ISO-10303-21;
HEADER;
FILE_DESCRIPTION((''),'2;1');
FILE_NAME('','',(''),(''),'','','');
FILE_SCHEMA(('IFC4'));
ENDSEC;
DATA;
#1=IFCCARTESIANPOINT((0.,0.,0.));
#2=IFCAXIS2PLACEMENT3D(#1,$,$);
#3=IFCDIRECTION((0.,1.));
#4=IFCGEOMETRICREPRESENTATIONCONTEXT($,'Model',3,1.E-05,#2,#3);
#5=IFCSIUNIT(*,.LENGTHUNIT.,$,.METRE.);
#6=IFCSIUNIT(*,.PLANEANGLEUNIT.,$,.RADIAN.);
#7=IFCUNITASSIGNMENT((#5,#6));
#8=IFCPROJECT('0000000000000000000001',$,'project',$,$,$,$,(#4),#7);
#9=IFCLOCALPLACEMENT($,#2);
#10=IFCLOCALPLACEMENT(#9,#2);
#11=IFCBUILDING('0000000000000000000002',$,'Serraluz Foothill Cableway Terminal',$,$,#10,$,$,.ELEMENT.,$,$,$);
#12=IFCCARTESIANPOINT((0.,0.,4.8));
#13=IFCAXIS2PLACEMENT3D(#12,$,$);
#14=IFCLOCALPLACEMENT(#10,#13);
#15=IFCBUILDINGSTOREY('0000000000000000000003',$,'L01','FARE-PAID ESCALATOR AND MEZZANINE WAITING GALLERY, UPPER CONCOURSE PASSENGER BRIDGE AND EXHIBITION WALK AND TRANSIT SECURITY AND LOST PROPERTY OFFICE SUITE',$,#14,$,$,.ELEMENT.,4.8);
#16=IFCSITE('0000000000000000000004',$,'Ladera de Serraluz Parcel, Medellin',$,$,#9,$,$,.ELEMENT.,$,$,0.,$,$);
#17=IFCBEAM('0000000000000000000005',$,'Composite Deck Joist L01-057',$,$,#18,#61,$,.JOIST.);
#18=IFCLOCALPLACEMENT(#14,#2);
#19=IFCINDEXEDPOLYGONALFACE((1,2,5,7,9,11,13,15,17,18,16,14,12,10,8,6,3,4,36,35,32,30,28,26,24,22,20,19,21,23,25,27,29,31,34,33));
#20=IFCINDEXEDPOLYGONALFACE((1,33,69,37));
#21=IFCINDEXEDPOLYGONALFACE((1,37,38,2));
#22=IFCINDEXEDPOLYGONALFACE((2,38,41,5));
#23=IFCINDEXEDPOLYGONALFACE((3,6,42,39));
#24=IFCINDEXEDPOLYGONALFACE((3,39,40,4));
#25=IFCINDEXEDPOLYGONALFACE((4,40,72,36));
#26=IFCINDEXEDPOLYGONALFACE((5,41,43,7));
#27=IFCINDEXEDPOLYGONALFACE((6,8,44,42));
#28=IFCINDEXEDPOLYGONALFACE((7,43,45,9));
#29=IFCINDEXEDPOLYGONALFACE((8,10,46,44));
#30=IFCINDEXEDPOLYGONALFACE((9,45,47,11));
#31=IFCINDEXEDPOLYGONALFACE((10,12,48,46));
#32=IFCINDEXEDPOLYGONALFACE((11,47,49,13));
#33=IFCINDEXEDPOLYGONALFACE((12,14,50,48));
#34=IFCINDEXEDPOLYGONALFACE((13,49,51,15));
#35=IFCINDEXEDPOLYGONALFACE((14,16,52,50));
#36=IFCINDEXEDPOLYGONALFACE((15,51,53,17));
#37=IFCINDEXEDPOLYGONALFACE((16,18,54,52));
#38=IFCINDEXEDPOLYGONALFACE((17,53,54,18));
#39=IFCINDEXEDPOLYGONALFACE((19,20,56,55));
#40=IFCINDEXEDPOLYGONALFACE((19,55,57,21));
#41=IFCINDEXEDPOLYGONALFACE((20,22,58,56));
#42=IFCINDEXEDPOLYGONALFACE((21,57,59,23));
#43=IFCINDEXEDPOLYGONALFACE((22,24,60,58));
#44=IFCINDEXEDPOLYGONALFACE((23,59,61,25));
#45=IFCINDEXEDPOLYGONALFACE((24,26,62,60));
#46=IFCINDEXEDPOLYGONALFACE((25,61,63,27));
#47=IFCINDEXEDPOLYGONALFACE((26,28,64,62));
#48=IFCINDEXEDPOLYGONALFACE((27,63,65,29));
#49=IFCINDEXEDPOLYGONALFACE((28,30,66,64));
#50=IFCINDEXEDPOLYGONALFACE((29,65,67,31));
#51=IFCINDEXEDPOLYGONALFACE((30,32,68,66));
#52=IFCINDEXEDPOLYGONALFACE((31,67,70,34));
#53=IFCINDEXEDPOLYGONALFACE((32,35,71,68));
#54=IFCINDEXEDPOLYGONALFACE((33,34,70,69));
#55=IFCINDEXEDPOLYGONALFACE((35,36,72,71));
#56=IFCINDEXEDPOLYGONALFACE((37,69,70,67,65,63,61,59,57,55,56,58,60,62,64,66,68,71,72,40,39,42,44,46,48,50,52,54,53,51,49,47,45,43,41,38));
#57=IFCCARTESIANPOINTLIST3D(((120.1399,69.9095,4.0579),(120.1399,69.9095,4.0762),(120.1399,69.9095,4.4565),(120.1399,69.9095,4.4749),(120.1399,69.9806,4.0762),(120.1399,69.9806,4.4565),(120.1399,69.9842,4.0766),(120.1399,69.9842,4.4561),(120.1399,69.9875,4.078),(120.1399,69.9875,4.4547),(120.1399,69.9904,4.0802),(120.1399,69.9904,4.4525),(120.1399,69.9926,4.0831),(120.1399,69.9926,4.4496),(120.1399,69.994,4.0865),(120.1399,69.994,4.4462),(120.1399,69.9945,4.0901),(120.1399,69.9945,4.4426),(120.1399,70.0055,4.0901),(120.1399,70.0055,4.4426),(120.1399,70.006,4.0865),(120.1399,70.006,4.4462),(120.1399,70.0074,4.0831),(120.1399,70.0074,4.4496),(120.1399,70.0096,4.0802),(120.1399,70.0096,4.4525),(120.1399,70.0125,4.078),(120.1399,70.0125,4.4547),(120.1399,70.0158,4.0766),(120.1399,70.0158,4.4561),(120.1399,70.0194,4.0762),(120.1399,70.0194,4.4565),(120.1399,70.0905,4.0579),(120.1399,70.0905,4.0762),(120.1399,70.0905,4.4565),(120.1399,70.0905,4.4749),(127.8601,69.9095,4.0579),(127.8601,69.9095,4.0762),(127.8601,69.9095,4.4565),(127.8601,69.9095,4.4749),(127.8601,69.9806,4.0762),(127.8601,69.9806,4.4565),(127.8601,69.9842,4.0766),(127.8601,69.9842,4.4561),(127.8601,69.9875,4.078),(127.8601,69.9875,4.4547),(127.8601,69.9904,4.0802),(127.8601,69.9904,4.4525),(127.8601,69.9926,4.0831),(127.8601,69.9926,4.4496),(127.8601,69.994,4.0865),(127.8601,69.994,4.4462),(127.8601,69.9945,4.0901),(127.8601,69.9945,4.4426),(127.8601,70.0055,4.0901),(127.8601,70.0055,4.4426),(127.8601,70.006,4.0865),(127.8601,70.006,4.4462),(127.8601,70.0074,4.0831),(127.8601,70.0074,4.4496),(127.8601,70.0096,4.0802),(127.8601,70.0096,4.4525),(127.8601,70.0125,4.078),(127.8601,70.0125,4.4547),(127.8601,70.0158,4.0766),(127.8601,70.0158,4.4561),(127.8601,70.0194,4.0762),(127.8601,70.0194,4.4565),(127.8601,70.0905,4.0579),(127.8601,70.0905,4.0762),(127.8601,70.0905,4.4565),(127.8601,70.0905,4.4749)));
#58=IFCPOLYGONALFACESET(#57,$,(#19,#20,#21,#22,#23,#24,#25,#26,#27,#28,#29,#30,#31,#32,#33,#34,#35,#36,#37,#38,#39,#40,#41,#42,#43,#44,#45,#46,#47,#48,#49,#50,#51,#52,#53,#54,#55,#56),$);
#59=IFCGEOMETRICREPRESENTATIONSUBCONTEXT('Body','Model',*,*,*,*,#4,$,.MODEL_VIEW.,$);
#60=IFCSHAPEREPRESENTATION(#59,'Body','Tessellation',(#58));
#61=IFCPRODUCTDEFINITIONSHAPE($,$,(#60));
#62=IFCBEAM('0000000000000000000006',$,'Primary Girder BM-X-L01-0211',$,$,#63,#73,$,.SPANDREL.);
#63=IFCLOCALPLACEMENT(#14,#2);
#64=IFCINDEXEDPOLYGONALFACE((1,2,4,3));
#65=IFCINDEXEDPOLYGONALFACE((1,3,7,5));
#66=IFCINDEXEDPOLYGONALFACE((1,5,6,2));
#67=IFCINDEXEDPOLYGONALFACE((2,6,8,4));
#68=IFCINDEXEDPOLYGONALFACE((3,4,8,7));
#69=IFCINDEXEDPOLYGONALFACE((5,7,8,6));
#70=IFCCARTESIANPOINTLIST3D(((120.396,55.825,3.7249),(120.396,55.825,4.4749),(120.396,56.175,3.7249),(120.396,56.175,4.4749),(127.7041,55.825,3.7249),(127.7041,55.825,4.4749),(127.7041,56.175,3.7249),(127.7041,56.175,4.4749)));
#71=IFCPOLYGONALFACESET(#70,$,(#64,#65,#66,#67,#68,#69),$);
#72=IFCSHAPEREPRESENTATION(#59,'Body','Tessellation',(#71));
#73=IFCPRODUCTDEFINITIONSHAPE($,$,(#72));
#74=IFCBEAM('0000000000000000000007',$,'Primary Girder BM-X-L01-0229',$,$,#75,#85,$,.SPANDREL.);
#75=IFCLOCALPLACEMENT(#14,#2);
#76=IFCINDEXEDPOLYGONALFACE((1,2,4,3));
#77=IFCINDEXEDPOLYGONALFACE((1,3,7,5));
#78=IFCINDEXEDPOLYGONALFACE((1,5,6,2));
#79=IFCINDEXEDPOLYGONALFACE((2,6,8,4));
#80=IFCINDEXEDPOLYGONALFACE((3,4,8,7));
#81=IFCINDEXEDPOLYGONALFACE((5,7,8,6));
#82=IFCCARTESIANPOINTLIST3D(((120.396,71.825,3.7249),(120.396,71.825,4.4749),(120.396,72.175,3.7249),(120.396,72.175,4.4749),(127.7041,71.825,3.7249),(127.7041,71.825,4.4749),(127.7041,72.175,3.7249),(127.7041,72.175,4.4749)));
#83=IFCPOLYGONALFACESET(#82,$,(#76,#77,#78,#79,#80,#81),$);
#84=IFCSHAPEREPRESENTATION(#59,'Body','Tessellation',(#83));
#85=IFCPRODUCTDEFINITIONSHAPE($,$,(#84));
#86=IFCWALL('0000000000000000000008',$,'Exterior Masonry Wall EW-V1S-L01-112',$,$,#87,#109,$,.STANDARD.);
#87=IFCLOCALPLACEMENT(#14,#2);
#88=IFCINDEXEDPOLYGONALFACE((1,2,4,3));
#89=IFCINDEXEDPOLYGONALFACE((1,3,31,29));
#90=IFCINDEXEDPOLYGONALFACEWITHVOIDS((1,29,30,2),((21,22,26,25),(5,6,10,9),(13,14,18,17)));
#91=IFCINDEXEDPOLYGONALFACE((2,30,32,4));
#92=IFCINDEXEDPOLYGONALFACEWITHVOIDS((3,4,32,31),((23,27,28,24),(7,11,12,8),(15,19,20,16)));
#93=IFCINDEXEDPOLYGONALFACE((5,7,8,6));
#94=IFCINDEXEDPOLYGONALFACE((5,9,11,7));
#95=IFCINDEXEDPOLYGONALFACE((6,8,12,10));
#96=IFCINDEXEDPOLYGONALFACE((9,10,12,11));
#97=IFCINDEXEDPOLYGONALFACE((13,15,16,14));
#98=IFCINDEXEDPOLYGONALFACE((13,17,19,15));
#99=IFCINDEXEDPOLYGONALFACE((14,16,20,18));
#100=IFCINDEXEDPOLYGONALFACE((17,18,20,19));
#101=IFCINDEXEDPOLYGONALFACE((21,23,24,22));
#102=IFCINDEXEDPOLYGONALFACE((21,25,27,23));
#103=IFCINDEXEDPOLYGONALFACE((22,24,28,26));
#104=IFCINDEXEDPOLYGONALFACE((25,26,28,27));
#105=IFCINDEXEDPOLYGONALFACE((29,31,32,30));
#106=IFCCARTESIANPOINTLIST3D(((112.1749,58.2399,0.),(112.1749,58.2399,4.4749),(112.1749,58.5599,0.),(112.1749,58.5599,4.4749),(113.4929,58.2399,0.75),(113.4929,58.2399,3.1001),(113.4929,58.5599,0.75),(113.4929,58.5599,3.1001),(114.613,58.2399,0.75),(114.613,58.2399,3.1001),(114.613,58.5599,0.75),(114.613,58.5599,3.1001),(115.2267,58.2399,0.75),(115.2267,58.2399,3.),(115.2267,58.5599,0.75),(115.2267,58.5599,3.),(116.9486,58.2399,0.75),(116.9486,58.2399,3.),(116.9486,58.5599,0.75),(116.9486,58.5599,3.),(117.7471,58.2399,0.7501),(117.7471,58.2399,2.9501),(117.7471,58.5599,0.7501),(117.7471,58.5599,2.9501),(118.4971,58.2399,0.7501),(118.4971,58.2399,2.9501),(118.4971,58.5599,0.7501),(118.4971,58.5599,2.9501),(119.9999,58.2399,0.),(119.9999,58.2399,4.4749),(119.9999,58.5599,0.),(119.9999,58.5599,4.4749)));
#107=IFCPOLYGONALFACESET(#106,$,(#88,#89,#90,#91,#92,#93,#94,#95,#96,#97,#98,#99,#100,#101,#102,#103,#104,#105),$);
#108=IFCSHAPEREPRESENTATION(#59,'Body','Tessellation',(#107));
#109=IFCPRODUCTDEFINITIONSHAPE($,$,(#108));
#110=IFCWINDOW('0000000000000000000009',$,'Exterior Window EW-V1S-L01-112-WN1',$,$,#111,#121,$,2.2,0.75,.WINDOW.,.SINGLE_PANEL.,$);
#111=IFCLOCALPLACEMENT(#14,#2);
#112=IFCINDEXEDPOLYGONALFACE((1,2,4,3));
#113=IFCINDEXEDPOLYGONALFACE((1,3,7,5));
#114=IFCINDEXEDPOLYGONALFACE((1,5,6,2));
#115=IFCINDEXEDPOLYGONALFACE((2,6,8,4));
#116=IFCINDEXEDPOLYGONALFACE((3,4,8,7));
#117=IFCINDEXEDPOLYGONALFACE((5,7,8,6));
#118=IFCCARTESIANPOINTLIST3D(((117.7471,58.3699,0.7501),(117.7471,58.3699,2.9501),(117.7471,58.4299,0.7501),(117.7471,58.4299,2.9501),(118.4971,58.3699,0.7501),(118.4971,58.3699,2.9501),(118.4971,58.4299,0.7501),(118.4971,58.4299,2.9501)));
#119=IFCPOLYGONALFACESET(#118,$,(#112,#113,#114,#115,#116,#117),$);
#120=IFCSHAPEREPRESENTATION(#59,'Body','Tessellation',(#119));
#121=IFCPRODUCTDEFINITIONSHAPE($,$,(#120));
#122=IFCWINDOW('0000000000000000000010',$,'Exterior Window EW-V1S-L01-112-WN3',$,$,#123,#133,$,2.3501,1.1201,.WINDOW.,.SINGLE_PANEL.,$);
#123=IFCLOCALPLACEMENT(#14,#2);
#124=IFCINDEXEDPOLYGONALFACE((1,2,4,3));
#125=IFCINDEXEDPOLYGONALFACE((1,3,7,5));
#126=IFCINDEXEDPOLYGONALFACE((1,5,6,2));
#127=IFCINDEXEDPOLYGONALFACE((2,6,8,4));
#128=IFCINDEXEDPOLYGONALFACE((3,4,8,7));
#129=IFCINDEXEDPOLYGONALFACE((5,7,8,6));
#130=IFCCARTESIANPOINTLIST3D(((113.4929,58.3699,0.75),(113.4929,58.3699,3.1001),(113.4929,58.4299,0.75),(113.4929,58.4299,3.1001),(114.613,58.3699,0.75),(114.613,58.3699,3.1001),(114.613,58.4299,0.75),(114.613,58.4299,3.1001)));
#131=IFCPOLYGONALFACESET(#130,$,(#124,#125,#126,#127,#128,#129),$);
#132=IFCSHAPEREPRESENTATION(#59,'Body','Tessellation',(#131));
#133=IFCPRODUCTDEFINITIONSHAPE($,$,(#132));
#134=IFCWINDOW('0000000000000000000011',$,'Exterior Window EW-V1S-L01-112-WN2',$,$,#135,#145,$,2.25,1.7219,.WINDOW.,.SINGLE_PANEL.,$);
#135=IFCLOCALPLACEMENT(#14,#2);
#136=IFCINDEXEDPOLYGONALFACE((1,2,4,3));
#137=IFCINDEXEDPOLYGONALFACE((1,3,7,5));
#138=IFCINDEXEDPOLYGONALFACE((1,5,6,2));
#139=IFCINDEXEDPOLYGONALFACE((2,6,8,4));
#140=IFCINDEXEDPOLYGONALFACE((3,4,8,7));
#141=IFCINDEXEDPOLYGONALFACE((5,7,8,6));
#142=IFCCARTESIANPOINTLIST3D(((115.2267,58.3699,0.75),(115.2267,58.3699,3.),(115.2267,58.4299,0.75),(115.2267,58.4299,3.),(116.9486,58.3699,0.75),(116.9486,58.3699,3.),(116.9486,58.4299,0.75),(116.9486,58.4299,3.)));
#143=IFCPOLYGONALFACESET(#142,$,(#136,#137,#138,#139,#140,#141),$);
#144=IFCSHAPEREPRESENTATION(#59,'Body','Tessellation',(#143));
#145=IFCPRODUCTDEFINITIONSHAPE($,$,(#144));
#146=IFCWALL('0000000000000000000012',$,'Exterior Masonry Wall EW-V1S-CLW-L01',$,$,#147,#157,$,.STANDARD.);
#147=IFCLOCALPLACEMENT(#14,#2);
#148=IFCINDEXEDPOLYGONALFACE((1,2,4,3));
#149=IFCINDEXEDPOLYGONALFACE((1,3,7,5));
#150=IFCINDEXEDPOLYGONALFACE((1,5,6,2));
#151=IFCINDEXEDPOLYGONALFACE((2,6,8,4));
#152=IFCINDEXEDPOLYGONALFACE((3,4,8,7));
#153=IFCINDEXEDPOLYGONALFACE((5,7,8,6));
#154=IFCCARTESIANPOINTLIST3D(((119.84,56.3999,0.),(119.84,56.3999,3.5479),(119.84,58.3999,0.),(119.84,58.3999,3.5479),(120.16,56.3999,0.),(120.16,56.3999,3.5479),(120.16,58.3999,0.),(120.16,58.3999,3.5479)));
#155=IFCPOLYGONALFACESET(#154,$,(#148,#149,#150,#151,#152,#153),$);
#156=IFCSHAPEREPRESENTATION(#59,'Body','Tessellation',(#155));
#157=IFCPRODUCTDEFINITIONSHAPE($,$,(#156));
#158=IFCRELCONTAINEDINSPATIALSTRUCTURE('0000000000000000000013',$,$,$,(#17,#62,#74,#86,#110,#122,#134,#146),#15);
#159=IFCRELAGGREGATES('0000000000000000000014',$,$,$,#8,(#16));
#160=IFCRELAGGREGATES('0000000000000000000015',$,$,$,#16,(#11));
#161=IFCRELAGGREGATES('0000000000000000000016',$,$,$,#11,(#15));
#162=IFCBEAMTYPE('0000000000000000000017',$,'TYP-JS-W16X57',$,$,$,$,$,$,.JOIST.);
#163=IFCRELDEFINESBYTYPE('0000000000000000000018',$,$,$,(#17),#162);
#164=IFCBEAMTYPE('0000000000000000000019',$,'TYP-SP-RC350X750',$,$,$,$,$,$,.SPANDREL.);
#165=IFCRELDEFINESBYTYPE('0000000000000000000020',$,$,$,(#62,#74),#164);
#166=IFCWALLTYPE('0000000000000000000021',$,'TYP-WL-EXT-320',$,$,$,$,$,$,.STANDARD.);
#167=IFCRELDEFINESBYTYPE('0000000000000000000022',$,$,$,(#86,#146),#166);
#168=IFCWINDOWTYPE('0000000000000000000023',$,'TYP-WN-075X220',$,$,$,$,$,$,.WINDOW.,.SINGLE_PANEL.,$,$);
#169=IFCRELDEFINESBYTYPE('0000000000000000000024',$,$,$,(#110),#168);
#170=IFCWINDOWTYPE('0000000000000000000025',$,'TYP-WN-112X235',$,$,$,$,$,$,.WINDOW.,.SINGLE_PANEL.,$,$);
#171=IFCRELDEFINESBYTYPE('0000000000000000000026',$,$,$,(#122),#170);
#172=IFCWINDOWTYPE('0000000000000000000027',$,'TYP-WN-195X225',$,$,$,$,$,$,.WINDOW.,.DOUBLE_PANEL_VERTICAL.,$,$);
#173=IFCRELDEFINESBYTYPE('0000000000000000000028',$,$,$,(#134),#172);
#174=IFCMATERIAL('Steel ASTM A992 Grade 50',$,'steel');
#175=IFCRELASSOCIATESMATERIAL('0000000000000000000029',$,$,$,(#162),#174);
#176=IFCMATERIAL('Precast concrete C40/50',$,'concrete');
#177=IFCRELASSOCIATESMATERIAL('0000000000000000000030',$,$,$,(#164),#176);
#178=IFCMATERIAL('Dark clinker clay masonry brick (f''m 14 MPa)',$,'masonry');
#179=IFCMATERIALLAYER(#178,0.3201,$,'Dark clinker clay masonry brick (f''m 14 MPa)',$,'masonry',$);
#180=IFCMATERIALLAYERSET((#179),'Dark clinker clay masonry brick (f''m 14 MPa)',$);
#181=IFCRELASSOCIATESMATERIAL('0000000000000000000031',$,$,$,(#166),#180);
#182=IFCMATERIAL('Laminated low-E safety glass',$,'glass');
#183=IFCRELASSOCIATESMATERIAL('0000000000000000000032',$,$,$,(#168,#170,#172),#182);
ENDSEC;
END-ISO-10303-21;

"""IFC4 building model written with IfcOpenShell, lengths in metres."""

from ifc_helpers import new_model, si_unit, direction, frame, frame_2d, origin, origin_2d, place, context, subcontext, project, spatial, rectangle, i_section, extrude, material, layer, layer_set, material_profile, profile_set, type_object, element, fill, save


model = new_model("IFC4")

# Units and contexts
model_context = context("Model", 3, precision=1e-05, world=origin(), true_north=direction((0.0, 1.0)))
body_context = subcontext(model_context, "Body", "Model", "MODEL_VIEW")
ifc_project = project(units=[si_unit("LENGTHUNIT", "METRE"), si_unit("PLANEANGLEUNIT", "RADIAN")], contexts=[model_context])

# Site, building, storey
site_placement = place(None, origin())
site = spatial("IfcSite", under=ifc_project, at=site_placement, Name="Ladera de Serraluz Parcel, Medellin", CompositionType="ELEMENT", RefElevation=0.0)
building_placement = place(site_placement, origin())
building = spatial("IfcBuilding", under=site, at=building_placement, Name="Serraluz Foothill Cableway Terminal", CompositionType="ELEMENT")
storey_placement = place(building_placement, frame((0.0, 0.0, 4.8)))
storey = spatial("IfcBuildingStorey", under=building, at=storey_placement, Name="L01", Description="FARE-PAID ESCALATOR AND MEZZANINE WAITING GALLERY, UPPER CONCOURSE PASSENGER BRIDGE AND EXHIBITION WALK AND TRANSIT SECURITY AND LOST PROPERTY OFFICE SUITE", CompositionType="ELEMENT", Elevation=4.8)

# Beams
ifc_material_1 = material(Name="Steel ASTM A992 Grade 50", Category="steel")
ifc_material_profile_1 = material_profile(ifc_material_1, i_section(OverallWidth=0.1809, OverallDepth=0.417, WebThickness=0.011, FlangeThickness=0.0183, FilletRadius=0.0139, at=origin_2d()), Name="W16X57")
ifc_profile_set_1 = profile_set([ifc_material_profile_1], Name="Steel ASTM A992 Grade 50")
beam_type_1 = type_object("IfcBeamType", Name="TYP-JS-W16X57", PredefinedType="JOIST", material=ifc_profile_set_1)
for number, where, z_axis, x_axis, name in (
    (1, (120.1399, 70.0, 4.2664), (1.0, 0.0, 0.0), (0.0, 1.0, 0.0), "Composite Deck Joist L01-057"),
):
    element("IfcBeam", number, at=place(storey_placement, frame(where, z_axis=z_axis, x_axis=x_axis)), inside=storey, type_object=beam_type_1, Name=name, PredefinedType="JOIST", context=body_context, shape_type="SweptSolid", body=[
        extrude(i_section(OverallWidth=0.1809, OverallDepth=0.417, WebThickness=0.011, FlangeThickness=0.0183, FilletRadius=0.0139, at=origin_2d()), origin(), (0.0, 0.0, 1.0), 7.7202),
    ])
ifc_material_2 = material(Name="Precast concrete C40/50", Category="concrete")
ifc_material_profile_2 = material_profile(ifc_material_2, rectangle(XDim=0.3501, YDim=0.75, at=origin_2d()), Name="RC SP 350x750")
ifc_profile_set_2 = profile_set([ifc_material_profile_2], Name="Precast concrete C40/50")
beam_type_2 = type_object("IfcBeamType", Name="TYP-SP-RC350X750", PredefinedType="SPANDREL", material=ifc_profile_set_2)
for number, where, z_axis, x_axis, name in (
    (2, (120.396, 56.0, 4.0999), (1.0, 0.0, 0.0), (0.0, 1.0, 0.0), "Primary Girder BM-X-L01-0211"),
    (3, (120.396, 72.0, 4.0999), (1.0, 0.0, 0.0), (0.0, 1.0, 0.0), "Primary Girder BM-X-L01-0229"),
):
    element("IfcBeam", number, at=place(storey_placement, frame(where, z_axis=z_axis, x_axis=x_axis)), inside=storey, type_object=beam_type_2, Name=name, PredefinedType="SPANDREL", context=body_context, shape_type="SweptSolid", body=[
        extrude(rectangle(XDim=0.3501, YDim=0.75, at=origin_2d()), origin(), (0.0, 0.0, 1.0), 7.3081),
    ])

# Wall, openings, windows
ifc_material_3 = material(Name="Dark clinker clay masonry brick (f'm 14 MPa)", Category="masonry")
ifc_layer_1 = layer(ifc_material_3, 0.3201, Name="Dark clinker clay masonry brick (f'm 14 MPa)", Category="masonry")
ifc_layer_set_1 = layer_set([ifc_layer_1], Name="Dark clinker clay masonry brick (f'm 14 MPa)")
wall_type_1 = type_object("IfcWallType", Name="TYP-WL-EXT-320", PredefinedType="STANDARD", material=ifc_layer_set_1)
wall_1_placement = place(storey_placement, frame((120.0, 58.3999, 0.0), z_axis=(0.0, 0.0, 1.0), x_axis=(-1.0, 0.0, 0.0)))
wall_1 = element("IfcWall", 4, at=wall_1_placement, inside=storey, type_object=wall_type_1, Name="Exterior Masonry Wall EW-V1S-L01-112", PredefinedType="STANDARD", context=body_context, shape_type="SweptSolid", body=[
    extrude(rectangle(XDim=7.825, YDim=0.3201, at=frame_2d((3.9126, 0.0))), origin(), (0.0, 0.0, 1.0), 4.4749),
])
opening_1_placement = place(wall_1_placement, frame((1.5029, 0.0, 0.75)))
opening_1 = element("IfcOpeningElement", 5, at=opening_1_placement, cuts=wall_1, PredefinedType="OPENING", context=body_context, shape_type="SweptSolid", body=[
    extrude(rectangle(XDim=0.75, YDim=2.2, at=frame_2d((0.375, 1.1001))), frame((0.0, 0.1699, 0.0), z_axis=(0.0, -1.0, 0.0), x_axis=(1.0, 0.0, 0.0)), (0.0, 0.0, 1.0), 0.3401),
])
opening_2_placement = place(wall_1_placement, frame((3.0515, 0.0, 0.75)))
opening_2 = element("IfcOpeningElement", 6, at=opening_2_placement, cuts=wall_1, PredefinedType="OPENING", context=body_context, shape_type="SweptSolid", body=[
    extrude(rectangle(XDim=1.7219, YDim=2.25, at=frame_2d((0.8608, 1.125))), frame((0.0, 0.1699, 0.0), z_axis=(0.0, -1.0, 0.0), x_axis=(1.0, 0.0, 0.0)), (0.0, 0.0, 1.0), 0.3401),
])
opening_3_placement = place(wall_1_placement, frame((5.387, 0.0, 0.75)))
opening_3 = element("IfcOpeningElement", 7, at=opening_3_placement, cuts=wall_1, PredefinedType="OPENING", context=body_context, shape_type="SweptSolid", body=[
    extrude(rectangle(XDim=1.1201, YDim=2.3501, at=frame_2d((0.5601, 1.175))), frame((0.0, 0.1699, 0.0), z_axis=(0.0, -1.0, 0.0), x_axis=(1.0, 0.0, 0.0)), (0.0, 0.0, 1.0), 0.3401),
])
ifc_material_4 = material(Name="Laminated low-E safety glass", Category="glass")
window_type_1 = type_object("IfcWindowType", Name="TYP-WN-075X220", PartitioningType="SINGLE_PANEL", PredefinedType="WINDOW", material=ifc_material_4)
window_1_placement = place(opening_1_placement, origin())
window_1 = element("IfcWindow", 8, at=window_1_placement, inside=storey, type_object=window_type_1, Name="Exterior Window EW-V1S-L01-112-WN1", OverallHeight=2.2, OverallWidth=0.75, PartitioningType="SINGLE_PANEL", PredefinedType="WINDOW", context=body_context, shape_type="SweptSolid", body=[
    extrude(rectangle(XDim=0.75, YDim=2.2, at=frame_2d((0.375, 1.1001))), frame((0.0, 0.03, 0.0), z_axis=(0.0, -1.0, 0.0), x_axis=(1.0, 0.0, 0.0)), (0.0, 0.0, 1.0), 0.0601),
])
fill(opening_1, window_1)
window_type_2 = type_object("IfcWindowType", Name="TYP-WN-112X235", PartitioningType="SINGLE_PANEL", PredefinedType="WINDOW", material=ifc_material_4)
window_2_placement = place(opening_3_placement, origin())
window_2 = element("IfcWindow", 9, at=window_2_placement, inside=storey, type_object=window_type_2, Name="Exterior Window EW-V1S-L01-112-WN3", OverallHeight=2.3501, OverallWidth=1.1201, PartitioningType="SINGLE_PANEL", PredefinedType="WINDOW", context=body_context, shape_type="SweptSolid", body=[
    extrude(rectangle(XDim=1.1201, YDim=2.3501, at=frame_2d((0.5601, 1.175))), frame((0.0, 0.03, 0.0), z_axis=(0.0, -1.0, 0.0), x_axis=(1.0, 0.0, 0.0)), (0.0, 0.0, 1.0), 0.0601),
])
fill(opening_3, window_2)
window_type_3 = type_object("IfcWindowType", Name="TYP-WN-195X225", PartitioningType="DOUBLE_PANEL_VERTICAL", PredefinedType="WINDOW", material=ifc_material_4)
window_3_placement = place(opening_2_placement, origin())
window_3 = element("IfcWindow", 10, at=window_3_placement, inside=storey, type_object=window_type_3, Name="Exterior Window EW-V1S-L01-112-WN2", OverallHeight=2.25, OverallWidth=1.7219, PartitioningType="SINGLE_PANEL", PredefinedType="WINDOW", context=body_context, shape_type="SweptSolid", body=[
    extrude(rectangle(XDim=1.7219, YDim=2.25, at=frame_2d((0.8608, 1.125))), frame((0.0, 0.03, 0.0), z_axis=(0.0, -1.0, 0.0), x_axis=(1.0, 0.0, 0.0)), (0.0, 0.0, 1.0), 0.0601),
])
fill(opening_2, window_3)

# Wall
wall_2_placement = place(storey_placement, frame((120.0, 56.3999, 0.0), z_axis=(0.0, 0.0, 1.0), x_axis=(0.0, 1.0, 0.0)))
element("IfcWall", 11, at=wall_2_placement, inside=storey, type_object=wall_type_1, Name="Exterior Masonry Wall EW-V1S-CLW-L01", PredefinedType="STANDARD", context=body_context, shape_type="SweptSolid", body=[
    extrude(rectangle(XDim=2.0, YDim=0.3201, at=frame_2d((1.0, 0.0))), origin(), (0.0, 0.0, 1.0), 3.5479),
])

save(model, "model.ifc")
